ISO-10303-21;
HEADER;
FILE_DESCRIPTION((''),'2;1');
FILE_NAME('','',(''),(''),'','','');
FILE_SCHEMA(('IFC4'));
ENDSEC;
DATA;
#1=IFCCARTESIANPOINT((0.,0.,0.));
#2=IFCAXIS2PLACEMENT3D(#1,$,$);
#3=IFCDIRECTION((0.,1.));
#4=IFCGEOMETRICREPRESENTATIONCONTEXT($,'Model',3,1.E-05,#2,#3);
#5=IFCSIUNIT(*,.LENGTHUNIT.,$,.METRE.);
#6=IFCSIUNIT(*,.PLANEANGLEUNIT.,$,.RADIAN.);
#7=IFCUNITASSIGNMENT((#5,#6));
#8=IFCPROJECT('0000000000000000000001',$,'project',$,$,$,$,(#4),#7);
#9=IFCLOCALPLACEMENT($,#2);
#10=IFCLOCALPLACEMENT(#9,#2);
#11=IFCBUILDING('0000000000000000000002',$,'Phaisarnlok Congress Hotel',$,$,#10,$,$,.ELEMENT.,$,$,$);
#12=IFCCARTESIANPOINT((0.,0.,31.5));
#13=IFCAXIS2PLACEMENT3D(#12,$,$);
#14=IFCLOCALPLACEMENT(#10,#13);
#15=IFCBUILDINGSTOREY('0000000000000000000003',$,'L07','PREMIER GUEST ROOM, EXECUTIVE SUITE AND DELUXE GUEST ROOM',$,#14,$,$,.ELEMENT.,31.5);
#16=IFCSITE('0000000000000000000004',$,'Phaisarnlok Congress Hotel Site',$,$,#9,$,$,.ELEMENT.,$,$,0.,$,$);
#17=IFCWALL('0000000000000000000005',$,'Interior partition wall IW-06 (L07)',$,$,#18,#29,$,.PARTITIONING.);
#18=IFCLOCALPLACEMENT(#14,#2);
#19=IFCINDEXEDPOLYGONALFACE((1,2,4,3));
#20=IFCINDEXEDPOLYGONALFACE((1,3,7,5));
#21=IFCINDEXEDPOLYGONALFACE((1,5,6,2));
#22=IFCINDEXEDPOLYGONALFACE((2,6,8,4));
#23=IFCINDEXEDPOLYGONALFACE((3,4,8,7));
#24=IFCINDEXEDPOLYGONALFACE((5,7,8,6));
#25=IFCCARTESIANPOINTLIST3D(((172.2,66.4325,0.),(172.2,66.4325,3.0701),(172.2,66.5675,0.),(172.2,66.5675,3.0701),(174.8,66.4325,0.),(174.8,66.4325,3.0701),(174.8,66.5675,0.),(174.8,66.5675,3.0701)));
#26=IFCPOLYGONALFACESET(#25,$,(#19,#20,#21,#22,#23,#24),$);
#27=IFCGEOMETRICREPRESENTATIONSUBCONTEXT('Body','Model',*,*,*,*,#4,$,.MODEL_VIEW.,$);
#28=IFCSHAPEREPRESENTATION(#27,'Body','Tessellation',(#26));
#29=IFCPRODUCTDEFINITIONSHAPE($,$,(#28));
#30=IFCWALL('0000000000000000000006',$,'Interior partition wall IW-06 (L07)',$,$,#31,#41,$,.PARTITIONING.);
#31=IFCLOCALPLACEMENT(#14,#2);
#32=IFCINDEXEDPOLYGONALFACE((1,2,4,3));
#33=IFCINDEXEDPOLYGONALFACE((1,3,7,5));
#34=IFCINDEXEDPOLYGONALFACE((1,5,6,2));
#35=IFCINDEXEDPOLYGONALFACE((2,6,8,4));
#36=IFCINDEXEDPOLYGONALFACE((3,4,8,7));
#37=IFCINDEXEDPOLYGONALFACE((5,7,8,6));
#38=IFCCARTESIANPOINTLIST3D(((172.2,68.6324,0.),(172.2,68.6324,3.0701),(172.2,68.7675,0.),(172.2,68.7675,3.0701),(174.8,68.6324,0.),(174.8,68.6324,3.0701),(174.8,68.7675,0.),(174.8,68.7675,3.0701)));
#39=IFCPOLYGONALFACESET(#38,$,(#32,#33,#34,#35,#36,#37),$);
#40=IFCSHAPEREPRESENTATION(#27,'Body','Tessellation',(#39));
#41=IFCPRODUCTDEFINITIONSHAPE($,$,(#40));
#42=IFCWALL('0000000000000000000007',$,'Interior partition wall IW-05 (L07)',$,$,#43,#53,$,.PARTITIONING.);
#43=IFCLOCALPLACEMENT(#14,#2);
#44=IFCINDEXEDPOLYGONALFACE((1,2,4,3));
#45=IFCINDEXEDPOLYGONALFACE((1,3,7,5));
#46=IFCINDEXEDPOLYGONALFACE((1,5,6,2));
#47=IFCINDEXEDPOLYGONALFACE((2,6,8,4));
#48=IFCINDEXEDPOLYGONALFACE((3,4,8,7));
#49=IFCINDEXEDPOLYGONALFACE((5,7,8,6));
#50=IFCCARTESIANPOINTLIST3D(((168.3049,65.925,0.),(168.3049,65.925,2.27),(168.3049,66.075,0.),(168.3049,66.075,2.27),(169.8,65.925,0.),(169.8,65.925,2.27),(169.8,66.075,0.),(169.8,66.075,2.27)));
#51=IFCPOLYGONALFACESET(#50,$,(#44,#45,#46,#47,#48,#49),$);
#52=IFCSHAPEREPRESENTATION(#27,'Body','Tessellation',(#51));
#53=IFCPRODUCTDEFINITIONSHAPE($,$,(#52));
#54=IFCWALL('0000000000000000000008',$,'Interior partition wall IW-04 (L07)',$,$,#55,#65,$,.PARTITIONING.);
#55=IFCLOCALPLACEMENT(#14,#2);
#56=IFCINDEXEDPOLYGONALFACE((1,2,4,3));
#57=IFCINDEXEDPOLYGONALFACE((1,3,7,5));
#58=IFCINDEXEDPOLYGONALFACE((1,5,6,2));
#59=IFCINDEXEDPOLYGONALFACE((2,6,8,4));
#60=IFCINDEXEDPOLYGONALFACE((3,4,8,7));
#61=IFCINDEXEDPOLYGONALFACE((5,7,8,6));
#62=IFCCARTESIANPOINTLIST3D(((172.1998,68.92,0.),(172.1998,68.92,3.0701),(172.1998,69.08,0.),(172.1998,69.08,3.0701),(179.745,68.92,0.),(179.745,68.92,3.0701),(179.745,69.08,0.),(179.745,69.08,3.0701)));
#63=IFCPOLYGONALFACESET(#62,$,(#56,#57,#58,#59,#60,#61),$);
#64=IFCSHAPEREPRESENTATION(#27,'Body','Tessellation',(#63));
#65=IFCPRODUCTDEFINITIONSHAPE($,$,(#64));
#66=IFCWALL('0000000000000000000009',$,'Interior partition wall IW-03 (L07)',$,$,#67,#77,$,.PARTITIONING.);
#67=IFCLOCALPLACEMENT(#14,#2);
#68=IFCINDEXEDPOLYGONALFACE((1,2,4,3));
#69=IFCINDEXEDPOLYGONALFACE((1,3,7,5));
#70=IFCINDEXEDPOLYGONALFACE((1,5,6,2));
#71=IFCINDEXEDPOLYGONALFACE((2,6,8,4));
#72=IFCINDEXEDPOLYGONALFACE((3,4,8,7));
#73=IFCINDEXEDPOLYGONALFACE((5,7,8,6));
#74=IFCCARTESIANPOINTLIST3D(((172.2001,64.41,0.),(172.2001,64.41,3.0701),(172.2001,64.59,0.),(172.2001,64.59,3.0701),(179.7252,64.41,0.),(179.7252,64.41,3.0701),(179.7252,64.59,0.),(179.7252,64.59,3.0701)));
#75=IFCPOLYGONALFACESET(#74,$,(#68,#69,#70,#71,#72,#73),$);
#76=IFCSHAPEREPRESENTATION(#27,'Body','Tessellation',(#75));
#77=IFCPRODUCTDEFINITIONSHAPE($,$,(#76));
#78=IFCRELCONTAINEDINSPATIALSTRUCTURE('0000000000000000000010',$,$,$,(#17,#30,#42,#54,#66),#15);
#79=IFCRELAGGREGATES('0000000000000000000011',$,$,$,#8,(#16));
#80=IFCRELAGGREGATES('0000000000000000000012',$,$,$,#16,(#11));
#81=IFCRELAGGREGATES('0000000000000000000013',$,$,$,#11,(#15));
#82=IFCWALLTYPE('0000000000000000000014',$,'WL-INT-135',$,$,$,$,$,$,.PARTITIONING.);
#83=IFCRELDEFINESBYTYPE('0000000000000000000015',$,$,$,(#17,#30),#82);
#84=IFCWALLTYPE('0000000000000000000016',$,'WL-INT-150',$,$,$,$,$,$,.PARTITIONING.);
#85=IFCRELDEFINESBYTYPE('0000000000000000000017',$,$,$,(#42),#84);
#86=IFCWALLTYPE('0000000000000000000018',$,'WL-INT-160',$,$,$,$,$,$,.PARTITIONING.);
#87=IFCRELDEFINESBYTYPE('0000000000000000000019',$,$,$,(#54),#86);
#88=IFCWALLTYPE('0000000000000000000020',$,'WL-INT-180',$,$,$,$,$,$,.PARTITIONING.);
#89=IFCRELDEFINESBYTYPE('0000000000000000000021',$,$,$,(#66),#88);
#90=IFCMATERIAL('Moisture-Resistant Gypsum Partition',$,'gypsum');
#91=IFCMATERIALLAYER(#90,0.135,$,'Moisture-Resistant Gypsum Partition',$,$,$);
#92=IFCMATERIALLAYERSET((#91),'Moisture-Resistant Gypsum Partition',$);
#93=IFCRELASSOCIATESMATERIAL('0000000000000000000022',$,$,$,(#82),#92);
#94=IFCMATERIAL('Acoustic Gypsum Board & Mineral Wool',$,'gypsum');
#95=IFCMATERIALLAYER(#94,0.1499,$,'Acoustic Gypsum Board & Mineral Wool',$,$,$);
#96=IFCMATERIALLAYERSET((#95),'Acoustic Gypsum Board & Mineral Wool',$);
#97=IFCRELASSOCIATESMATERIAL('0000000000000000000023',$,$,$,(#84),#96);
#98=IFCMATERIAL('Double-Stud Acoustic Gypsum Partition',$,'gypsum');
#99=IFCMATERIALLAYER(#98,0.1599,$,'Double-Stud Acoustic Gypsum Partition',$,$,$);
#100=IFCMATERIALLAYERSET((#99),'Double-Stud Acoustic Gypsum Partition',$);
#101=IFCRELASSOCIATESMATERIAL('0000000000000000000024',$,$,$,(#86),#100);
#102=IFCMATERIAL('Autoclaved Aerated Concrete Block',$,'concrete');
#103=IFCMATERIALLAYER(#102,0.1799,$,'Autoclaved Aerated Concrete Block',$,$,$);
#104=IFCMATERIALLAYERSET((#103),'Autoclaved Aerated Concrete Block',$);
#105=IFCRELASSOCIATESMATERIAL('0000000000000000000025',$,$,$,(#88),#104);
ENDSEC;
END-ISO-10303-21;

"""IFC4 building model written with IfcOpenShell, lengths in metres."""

from ifc_helpers import new_model, si_unit, direction, frame, frame_2d, origin, place, context, subcontext, project, spatial, rectangle, extrude, material, layer, layer_set, type_object, element, save


model = new_model("IFC4")

# Units and contexts
model_context = context("Model", 3, precision=1e-05, world=origin(), true_north=direction((0.0, 1.0)))
body_context = subcontext(model_context, "Body", "Model", "MODEL_VIEW")
ifc_project = project(units=[si_unit("LENGTHUNIT", "METRE"), si_unit("PLANEANGLEUNIT", "RADIAN")], contexts=[model_context])

# Site, building, storey
site_placement = place(None, origin())
site = spatial("IfcSite", under=ifc_project, at=site_placement, Name="Phaisarnlok Congress Hotel Site", CompositionType="ELEMENT", RefElevation=0.0)
building_placement = place(site_placement, origin())
building = spatial("IfcBuilding", under=site, at=building_placement, Name="Phaisarnlok Congress Hotel", CompositionType="ELEMENT")
storey_placement = place(building_placement, frame((0.0, 0.0, 31.5)))
storey = spatial("IfcBuildingStorey", under=building, at=storey_placement, Name="L07", Description="PREMIER GUEST ROOM, EXECUTIVE SUITE AND DELUXE GUEST ROOM", CompositionType="ELEMENT", Elevation=31.5)

# Shared definitions
ifc_material_1 = material(Name="Moisture-Resistant Gypsum Partition", Category="gypsum")
ifc_layer_1 = layer(ifc_material_1, 0.135, Name="Moisture-Resistant Gypsum Partition")
ifc_layer_set_1 = layer_set([ifc_layer_1], Name="Moisture-Resistant Gypsum Partition")
wall_type_1 = type_object("IfcWallType", Name="WL-INT-135", PredefinedType="PARTITIONING", material=ifc_layer_set_1)

# Walls
for number, where, z_axis, x_axis, name in (
    (1, (172.2, 66.5, 0.0), (0.0, 0.0, 1.0), (1.0, 0.0, 0.0), "Interior partition wall IW-06 (L07)"),
    (2, (172.2, 68.7, 0.0), (0.0, 0.0, 1.0), (1.0, 0.0, 0.0), "Interior partition wall IW-06 (L07)"),
):
    element("IfcWall", number, at=place(storey_placement, frame(where, z_axis=z_axis, x_axis=x_axis)), inside=storey, type_object=wall_type_1, Name=name, PredefinedType="PARTITIONING", context=body_context, shape_type="SweptSolid", body=[
        extrude(rectangle(XDim=2.6001, YDim=0.135, at=frame_2d((1.3, 0.0))), origin(), (0.0, 0.0, 1.0), 3.0701),
    ])
ifc_material_2 = material(Name="Acoustic Gypsum Board & Mineral Wool", Category="gypsum")
ifc_layer_2 = layer(ifc_material_2, 0.1499, Name="Acoustic Gypsum Board & Mineral Wool")
ifc_layer_set_2 = layer_set([ifc_layer_2], Name="Acoustic Gypsum Board & Mineral Wool")
wall_type_2 = type_object("IfcWallType", Name="WL-INT-150", PredefinedType="PARTITIONING", material=ifc_layer_set_2)
wall_1_placement = place(storey_placement, frame((168.3049, 66.0, 0.0), z_axis=(0.0, 0.0, 1.0), x_axis=(1.0, 0.0, 0.0)))
element("IfcWall", 3, at=wall_1_placement, inside=storey, type_object=wall_type_2, Name="Interior partition wall IW-05 (L07)", PredefinedType="PARTITIONING", context=body_context, shape_type="SweptSolid", body=[
    extrude(rectangle(XDim=1.4951, YDim=0.1499, at=frame_2d((0.7476, 0.0))), origin(), (0.0, 0.0, 1.0), 2.27),
])
ifc_material_3 = material(Name="Double-Stud Acoustic Gypsum Partition", Category="gypsum")
ifc_layer_3 = layer(ifc_material_3, 0.1599, Name="Double-Stud Acoustic Gypsum Partition")
ifc_layer_set_3 = layer_set([ifc_layer_3], Name="Double-Stud Acoustic Gypsum Partition")
wall_type_3 = type_object("IfcWallType", Name="WL-INT-160", PredefinedType="PARTITIONING", material=ifc_layer_set_3)
wall_2_placement = place(storey_placement, frame((172.2, 69.0, 0.0), z_axis=(0.0, 0.0, 1.0), x_axis=(1.0, 0.0, 0.0)))
element("IfcWall", 4, at=wall_2_placement, inside=storey, type_object=wall_type_3, Name="Interior partition wall IW-04 (L07)", PredefinedType="PARTITIONING", context=body_context, shape_type="SweptSolid", body=[
    extrude(rectangle(XDim=7.5452, YDim=0.1599, at=frame_2d((3.7725, 0.0))), origin(), (0.0, 0.0, 1.0), 3.0701),
])
ifc_material_4 = material(Name="Autoclaved Aerated Concrete Block", Category="concrete")
ifc_layer_4 = layer(ifc_material_4, 0.1799, Name="Autoclaved Aerated Concrete Block")
ifc_layer_set_4 = layer_set([ifc_layer_4], Name="Autoclaved Aerated Concrete Block")
wall_type_4 = type_object("IfcWallType", Name="WL-INT-180", PredefinedType="PARTITIONING", material=ifc_layer_set_4)
wall_3_placement = place(storey_placement, frame((172.2, 64.5, 0.0), z_axis=(0.0, 0.0, 1.0), x_axis=(1.0, 0.0, 0.0)))
element("IfcWall", 5, at=wall_3_placement, inside=storey, type_object=wall_type_4, Name="Interior partition wall IW-03 (L07)", PredefinedType="PARTITIONING", context=body_context, shape_type="SweptSolid", body=[
    extrude(rectangle(XDim=7.5251, YDim=0.1799, at=frame_2d((3.7627, 0.0))), origin(), (0.0, 0.0, 1.0), 3.0701),
])

save(model, "model.ifc")
